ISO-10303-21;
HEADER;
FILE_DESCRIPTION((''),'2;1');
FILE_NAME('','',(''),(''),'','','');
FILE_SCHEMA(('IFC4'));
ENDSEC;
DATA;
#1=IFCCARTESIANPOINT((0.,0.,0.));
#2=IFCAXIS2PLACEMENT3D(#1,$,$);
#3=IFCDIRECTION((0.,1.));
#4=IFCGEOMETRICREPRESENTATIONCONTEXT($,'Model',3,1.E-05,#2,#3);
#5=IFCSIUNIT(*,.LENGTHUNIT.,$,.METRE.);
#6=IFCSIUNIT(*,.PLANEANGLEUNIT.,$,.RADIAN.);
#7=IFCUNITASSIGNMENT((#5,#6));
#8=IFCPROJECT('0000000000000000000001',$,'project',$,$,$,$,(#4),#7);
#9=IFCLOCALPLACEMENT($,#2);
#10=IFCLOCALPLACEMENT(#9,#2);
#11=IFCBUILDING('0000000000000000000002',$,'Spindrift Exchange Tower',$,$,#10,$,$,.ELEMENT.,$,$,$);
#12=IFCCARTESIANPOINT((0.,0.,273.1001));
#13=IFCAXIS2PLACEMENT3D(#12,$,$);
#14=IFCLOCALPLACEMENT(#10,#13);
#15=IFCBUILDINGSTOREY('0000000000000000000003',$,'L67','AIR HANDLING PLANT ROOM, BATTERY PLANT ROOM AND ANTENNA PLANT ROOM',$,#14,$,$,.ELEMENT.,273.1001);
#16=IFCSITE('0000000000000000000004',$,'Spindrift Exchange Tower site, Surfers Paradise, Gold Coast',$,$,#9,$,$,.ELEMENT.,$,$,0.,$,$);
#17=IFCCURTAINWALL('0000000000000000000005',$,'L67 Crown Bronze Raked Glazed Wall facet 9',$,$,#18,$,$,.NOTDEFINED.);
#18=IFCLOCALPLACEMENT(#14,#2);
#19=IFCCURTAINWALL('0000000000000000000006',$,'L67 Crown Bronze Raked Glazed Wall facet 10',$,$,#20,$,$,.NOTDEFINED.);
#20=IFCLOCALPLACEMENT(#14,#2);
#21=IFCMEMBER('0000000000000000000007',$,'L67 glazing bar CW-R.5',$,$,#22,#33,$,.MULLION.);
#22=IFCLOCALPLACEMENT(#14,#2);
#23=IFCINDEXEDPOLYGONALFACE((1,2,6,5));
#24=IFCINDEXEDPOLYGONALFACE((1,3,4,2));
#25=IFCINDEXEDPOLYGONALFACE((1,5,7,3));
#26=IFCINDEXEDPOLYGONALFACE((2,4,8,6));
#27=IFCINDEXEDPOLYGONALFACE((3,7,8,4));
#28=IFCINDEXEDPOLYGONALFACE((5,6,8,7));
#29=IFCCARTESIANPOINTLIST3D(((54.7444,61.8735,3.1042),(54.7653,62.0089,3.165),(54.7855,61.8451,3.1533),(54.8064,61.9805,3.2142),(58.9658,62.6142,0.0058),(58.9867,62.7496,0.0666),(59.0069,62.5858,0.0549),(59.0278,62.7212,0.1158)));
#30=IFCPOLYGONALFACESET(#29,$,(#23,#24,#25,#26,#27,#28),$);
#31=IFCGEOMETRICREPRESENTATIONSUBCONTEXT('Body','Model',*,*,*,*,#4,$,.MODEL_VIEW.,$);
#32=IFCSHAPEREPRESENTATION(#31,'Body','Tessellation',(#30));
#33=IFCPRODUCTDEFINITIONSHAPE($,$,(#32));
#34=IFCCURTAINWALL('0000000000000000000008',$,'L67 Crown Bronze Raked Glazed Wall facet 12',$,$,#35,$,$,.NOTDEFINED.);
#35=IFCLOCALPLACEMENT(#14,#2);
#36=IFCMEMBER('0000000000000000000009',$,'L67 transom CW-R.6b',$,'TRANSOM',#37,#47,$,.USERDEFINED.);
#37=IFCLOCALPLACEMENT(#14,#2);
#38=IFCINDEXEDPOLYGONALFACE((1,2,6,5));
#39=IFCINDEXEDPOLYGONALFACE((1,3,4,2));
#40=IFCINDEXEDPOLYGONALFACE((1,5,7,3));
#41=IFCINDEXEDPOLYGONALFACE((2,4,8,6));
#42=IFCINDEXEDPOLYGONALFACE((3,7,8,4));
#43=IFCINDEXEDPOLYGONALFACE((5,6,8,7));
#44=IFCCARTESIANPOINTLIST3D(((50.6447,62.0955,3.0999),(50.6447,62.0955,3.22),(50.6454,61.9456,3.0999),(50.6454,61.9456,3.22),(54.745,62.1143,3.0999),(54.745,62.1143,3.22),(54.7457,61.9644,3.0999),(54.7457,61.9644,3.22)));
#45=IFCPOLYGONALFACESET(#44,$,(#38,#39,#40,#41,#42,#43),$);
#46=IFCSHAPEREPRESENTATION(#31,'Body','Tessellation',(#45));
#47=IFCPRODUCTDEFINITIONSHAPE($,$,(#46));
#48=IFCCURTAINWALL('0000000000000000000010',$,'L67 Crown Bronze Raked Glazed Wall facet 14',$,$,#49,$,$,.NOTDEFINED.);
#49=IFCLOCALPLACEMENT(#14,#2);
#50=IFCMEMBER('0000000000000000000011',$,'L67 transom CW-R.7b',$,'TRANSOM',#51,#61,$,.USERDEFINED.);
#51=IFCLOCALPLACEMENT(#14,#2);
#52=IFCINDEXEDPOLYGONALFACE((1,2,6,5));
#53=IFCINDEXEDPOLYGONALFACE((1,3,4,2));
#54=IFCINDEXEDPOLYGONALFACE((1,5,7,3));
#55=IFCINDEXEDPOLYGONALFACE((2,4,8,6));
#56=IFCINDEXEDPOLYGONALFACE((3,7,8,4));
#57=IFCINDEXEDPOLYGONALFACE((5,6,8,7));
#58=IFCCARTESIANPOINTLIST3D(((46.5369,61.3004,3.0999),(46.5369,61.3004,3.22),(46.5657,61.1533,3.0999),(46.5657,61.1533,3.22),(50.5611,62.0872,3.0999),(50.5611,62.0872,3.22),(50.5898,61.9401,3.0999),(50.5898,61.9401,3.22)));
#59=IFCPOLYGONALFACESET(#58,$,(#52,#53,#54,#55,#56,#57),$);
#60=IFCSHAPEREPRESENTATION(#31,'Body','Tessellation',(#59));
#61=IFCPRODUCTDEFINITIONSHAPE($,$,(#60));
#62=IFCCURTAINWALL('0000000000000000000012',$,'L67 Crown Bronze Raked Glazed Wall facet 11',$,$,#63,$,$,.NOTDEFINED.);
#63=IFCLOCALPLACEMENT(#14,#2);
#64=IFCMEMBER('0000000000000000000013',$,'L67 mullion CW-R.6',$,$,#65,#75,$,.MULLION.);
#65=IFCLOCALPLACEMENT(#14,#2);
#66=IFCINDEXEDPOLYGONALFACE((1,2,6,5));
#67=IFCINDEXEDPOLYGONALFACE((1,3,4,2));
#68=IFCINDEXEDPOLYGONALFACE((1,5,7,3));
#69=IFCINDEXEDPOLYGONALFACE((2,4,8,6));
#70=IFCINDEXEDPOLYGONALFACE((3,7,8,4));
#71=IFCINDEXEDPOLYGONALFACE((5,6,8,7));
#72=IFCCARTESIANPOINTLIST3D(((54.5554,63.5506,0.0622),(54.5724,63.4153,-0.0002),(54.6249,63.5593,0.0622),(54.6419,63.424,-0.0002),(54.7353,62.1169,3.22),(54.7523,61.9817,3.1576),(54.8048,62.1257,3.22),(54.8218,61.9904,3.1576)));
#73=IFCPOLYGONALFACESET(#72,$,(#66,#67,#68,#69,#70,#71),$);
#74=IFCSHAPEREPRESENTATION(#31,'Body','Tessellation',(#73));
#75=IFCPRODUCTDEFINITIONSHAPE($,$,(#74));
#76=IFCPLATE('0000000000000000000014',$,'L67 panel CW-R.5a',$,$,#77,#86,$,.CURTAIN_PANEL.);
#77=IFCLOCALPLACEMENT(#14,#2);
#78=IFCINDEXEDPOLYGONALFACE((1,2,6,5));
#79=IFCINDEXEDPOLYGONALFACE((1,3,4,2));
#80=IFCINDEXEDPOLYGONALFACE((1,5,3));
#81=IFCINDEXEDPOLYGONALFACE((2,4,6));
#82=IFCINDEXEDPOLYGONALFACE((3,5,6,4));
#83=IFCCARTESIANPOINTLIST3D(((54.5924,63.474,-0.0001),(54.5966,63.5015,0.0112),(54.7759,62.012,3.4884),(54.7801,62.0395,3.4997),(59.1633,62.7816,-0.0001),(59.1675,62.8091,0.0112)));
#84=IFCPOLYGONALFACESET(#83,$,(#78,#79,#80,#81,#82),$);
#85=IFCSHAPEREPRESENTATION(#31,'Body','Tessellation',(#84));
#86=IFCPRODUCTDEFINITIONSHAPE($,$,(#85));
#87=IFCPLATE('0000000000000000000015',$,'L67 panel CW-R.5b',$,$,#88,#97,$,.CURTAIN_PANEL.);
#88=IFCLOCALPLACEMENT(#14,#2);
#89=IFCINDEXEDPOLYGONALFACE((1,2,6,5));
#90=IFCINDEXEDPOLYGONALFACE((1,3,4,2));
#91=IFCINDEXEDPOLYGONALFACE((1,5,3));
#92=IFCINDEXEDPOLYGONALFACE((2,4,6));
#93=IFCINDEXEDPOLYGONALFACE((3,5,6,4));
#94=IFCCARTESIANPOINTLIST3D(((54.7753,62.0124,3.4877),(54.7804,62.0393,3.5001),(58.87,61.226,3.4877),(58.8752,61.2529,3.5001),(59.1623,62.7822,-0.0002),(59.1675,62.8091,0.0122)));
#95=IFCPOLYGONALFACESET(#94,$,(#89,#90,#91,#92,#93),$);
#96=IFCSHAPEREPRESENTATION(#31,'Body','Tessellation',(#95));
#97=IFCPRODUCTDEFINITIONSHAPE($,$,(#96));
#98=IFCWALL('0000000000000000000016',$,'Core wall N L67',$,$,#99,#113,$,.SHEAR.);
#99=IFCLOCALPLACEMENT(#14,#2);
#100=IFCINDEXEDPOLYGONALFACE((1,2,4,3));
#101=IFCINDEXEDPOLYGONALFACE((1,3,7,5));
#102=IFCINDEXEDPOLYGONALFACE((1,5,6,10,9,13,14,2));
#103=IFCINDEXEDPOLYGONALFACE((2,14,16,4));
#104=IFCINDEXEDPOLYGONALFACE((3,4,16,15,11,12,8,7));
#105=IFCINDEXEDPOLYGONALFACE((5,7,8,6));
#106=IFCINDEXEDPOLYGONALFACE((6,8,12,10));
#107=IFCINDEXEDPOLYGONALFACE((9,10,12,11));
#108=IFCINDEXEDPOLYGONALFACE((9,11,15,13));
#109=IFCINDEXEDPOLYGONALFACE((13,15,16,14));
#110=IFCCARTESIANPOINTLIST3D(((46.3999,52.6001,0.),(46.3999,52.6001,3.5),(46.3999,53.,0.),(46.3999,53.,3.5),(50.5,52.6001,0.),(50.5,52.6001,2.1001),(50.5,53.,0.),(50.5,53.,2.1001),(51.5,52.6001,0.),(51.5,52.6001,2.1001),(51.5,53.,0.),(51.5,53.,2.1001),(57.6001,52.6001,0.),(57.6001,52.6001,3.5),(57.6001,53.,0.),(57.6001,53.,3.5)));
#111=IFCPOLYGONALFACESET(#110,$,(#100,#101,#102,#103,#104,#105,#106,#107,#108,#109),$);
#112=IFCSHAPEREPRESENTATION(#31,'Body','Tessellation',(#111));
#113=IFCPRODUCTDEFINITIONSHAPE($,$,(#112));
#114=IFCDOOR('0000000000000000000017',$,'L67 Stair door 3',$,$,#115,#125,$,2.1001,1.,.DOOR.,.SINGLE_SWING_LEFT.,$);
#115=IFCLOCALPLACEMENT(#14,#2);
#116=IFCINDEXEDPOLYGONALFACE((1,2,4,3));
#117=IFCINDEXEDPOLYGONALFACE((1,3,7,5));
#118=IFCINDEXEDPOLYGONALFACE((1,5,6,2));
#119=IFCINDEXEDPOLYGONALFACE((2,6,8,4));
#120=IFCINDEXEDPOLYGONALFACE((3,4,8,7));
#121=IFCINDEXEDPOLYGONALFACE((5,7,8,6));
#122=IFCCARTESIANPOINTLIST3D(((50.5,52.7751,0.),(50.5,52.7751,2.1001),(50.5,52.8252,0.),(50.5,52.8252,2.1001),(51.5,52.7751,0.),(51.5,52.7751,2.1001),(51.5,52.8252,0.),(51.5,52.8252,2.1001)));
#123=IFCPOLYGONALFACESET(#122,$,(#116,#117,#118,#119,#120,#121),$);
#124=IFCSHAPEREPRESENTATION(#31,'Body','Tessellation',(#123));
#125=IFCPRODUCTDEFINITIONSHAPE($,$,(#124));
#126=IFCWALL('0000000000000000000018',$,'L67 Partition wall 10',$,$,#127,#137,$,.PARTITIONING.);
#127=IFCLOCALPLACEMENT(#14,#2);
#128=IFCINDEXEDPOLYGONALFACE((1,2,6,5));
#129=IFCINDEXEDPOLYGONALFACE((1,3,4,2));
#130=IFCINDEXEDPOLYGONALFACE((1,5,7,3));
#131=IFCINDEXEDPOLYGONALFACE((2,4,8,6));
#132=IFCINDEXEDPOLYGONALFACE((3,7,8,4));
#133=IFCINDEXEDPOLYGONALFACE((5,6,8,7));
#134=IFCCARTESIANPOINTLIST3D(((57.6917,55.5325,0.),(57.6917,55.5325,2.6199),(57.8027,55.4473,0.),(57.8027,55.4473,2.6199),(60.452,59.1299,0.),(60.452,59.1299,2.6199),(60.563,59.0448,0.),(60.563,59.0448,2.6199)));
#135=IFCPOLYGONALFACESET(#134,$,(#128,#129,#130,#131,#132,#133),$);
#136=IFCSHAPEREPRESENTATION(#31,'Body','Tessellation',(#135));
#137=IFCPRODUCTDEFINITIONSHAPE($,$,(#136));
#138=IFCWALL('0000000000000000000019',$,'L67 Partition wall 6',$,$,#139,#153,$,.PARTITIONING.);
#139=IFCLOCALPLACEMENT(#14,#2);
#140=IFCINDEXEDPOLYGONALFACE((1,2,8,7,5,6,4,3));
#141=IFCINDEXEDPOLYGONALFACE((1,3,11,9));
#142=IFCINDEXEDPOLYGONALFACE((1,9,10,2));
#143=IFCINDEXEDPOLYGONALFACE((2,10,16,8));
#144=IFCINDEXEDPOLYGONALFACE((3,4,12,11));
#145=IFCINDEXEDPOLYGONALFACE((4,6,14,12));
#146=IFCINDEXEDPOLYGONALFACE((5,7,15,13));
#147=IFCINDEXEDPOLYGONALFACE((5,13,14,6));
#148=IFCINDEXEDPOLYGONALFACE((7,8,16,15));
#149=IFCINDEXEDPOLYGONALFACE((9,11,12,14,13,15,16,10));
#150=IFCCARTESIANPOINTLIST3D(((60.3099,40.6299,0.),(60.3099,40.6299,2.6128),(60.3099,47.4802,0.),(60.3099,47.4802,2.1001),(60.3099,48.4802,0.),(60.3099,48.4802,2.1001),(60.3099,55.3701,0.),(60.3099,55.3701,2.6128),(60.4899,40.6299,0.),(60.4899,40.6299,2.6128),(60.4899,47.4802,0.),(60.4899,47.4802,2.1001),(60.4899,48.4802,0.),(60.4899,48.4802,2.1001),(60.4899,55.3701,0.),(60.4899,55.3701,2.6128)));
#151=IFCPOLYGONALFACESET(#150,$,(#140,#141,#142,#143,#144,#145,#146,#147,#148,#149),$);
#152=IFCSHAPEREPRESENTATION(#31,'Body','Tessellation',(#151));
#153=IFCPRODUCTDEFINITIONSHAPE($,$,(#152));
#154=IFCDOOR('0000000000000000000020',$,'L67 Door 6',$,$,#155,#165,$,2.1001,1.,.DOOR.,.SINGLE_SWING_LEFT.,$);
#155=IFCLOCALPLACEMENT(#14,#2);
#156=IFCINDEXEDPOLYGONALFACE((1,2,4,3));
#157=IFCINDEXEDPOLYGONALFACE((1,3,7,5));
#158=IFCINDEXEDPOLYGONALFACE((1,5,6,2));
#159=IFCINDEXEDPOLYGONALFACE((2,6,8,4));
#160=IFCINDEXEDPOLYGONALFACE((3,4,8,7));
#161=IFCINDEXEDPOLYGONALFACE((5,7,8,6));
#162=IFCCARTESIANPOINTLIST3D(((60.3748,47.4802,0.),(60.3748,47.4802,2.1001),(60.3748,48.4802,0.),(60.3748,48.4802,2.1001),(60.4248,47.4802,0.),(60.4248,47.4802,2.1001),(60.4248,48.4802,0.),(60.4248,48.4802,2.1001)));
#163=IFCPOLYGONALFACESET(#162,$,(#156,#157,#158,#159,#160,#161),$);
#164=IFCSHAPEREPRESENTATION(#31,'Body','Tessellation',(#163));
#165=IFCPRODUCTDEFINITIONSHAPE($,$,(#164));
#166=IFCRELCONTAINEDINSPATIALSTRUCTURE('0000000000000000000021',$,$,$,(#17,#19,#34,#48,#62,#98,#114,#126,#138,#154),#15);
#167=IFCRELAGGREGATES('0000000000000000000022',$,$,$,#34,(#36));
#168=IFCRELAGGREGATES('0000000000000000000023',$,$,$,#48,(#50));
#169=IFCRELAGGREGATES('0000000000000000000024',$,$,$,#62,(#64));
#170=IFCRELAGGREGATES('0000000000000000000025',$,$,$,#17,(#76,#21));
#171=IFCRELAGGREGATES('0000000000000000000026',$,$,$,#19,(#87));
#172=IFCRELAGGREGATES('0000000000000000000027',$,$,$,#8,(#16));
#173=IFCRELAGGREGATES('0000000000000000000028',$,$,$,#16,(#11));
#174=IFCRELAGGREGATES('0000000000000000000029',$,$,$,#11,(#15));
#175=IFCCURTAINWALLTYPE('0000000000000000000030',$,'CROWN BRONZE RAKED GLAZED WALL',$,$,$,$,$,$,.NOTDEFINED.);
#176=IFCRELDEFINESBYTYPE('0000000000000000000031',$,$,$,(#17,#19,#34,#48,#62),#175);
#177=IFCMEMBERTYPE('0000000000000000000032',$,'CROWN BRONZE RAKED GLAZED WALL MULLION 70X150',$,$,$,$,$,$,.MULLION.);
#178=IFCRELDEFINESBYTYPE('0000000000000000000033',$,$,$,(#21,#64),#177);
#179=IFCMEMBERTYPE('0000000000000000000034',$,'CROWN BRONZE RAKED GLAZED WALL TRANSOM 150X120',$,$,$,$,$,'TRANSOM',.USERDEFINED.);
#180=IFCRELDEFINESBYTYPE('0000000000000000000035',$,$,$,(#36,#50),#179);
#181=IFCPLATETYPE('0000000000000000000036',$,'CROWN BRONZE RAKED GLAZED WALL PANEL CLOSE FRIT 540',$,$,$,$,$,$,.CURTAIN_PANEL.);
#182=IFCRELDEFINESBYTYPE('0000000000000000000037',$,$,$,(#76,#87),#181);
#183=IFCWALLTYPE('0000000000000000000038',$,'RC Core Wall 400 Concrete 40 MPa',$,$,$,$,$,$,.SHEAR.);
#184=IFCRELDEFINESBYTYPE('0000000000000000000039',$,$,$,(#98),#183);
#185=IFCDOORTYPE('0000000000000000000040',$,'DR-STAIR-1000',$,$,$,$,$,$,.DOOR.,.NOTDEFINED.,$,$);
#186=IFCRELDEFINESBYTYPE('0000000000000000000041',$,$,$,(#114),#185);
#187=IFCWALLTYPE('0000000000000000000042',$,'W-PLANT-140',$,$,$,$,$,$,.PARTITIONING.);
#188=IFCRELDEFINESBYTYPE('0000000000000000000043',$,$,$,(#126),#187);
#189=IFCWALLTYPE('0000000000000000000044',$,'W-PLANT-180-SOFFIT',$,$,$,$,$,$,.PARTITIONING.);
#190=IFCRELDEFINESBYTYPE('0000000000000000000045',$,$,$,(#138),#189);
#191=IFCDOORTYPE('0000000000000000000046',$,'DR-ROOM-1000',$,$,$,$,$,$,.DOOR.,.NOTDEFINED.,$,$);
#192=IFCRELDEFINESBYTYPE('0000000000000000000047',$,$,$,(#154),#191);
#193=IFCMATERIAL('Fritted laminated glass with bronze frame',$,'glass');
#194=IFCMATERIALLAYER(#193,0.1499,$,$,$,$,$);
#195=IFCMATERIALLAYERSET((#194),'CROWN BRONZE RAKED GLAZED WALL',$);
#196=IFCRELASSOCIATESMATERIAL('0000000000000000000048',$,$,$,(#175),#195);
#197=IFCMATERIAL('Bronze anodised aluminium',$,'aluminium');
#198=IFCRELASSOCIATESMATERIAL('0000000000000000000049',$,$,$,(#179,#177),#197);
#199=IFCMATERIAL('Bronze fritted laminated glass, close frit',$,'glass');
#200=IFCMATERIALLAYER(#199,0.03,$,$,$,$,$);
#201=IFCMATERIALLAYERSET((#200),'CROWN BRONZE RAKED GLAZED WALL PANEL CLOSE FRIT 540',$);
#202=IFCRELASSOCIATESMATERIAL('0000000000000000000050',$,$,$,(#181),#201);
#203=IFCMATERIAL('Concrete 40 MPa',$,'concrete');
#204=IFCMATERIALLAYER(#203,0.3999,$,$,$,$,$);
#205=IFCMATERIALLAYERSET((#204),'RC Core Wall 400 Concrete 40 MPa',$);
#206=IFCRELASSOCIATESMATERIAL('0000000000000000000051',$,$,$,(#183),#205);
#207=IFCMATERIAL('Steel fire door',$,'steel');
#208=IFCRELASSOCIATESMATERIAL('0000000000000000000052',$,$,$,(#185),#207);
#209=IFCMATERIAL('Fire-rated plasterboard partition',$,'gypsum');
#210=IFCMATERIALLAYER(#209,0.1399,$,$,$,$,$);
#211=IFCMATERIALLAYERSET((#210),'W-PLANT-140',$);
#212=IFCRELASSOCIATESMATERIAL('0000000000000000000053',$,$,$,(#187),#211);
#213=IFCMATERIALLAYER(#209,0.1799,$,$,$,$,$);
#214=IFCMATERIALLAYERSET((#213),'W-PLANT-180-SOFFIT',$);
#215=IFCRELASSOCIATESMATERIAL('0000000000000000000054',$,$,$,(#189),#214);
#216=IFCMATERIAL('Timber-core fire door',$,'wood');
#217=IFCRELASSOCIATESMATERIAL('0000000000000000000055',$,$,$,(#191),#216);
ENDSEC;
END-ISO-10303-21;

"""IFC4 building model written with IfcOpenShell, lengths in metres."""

from ifc_helpers import new_model, si_unit, direction, frame, frame_2d, origin, origin_2d, place, context, subcontext, project, spatial, line, indexed_curve, rectangle, outline, extrude, source, transform, mapped, material, layer, layer_set, material_profile, profile_set, type_object, element, fill, aggregate, save


model = new_model("IFC4")

# Units and contexts
model_context = context("Model", 3, precision=1e-05, world=origin(), true_north=direction((0.0, 1.0)))
body_context = subcontext(model_context, "Body", "Model", "MODEL_VIEW")
ifc_project = project(units=[si_unit("LENGTHUNIT", "METRE"), si_unit("PLANEANGLEUNIT", "RADIAN")], contexts=[model_context])

# Site, building, storey
site_placement = place(None, origin())
site = spatial("IfcSite", under=ifc_project, at=site_placement, Name="Spindrift Exchange Tower site, Surfers Paradise, Gold Coast", CompositionType="ELEMENT", RefElevation=0.0)
building_placement = place(site_placement, origin())
building = spatial("IfcBuilding", under=site, at=building_placement, Name="Spindrift Exchange Tower", CompositionType="ELEMENT")
storey_placement = place(building_placement, frame((0.0, 0.0, 273.1001)))
storey = spatial("IfcBuildingStorey", under=building, at=storey_placement, Name="L67", Description="AIR HANDLING PLANT ROOM, BATTERY PLANT ROOM AND ANTENNA PLANT ROOM", CompositionType="ELEMENT", Elevation=273.1001)

# Shared definitions
ifc_material_1 = material(Name="Concrete 40 MPa", Category="concrete")

# Curtain wall
ifc_material_2 = material(Name="Fritted laminated glass with bronze frame", Category="glass")
ifc_layer_1 = layer(ifc_material_2, 0.1499)
ifc_layer_set_1 = layer_set([ifc_layer_1], Name="CROWN BRONZE RAKED GLAZED WALL")
curtain_wall_type = type_object("IfcCurtainWallType", Name="CROWN BRONZE RAKED GLAZED WALL", PredefinedType="NOTDEFINED", material=ifc_layer_set_1)
curtain_wall_1_placement = place(storey_placement, origin())
curtain_wall_1 = element("IfcCurtainWall", 1, at=curtain_wall_1_placement, inside=storey, type_object=curtain_wall_type, Name="L67 Crown Bronze Raked Glazed Wall facet 9", PredefinedType="NOTDEFINED")
ifc_material_3 = material(Name="Bronze anodised aluminium", Category="aluminium")
ifc_material_profile_1 = material_profile(ifc_material_3, rectangle(XDim=0.1499, YDim=0.1201, at=origin_2d()), Name="CROWN BRONZE RAKED GLAZED WALL TRANSOM 150X120")
ifc_profile_set_1 = profile_set([ifc_material_profile_1], Name="Bronze anodised aluminium")
member_type_1 = type_object("IfcMemberType", Name="CROWN BRONZE RAKED GLAZED WALL TRANSOM 150X120", ElementType="TRANSOM", PredefinedType="USERDEFINED", material=ifc_profile_set_1)

# Curtain wall
curtain_wall_2_placement = place(storey_placement, origin())
curtain_wall_2 = element("IfcCurtainWall", 2, at=curtain_wall_2_placement, inside=storey, type_object=curtain_wall_type, Name="L67 Crown Bronze Raked Glazed Wall facet 10", PredefinedType="NOTDEFINED")
ifc_material_profile_2 = material_profile(ifc_material_3, rectangle(XDim=0.0701, YDim=0.1499, at=origin_2d()), Name="CROWN BRONZE RAKED GLAZED WALL MULLION 70X150")
ifc_profile_set_2 = profile_set([ifc_material_profile_2], Name="Bronze anodised aluminium")
member_type_2 = type_object("IfcMemberType", Name="CROWN BRONZE RAKED GLAZED WALL MULLION 70X150", PredefinedType="MULLION", material=ifc_profile_set_2)

# Member
shared_shape_1 = source(origin(), body_context, "Body", "SweptSolid", [
    extrude(rectangle(XDim=0.0701, YDim=0.1499, at=origin_2d()), origin(), (0.0, 0.0, 1.0), 5.2886),
])
member_1_placement = place(storey_placement, frame((58.9968, 62.6677, 0.0608), z_axis=(-0.798215, -0.14006, 0.585863), x_axis=(0.586025, -0.405601, 0.701471)))
member_1 = element("IfcMember", 3, at=member_1_placement, type_object=member_type_2, Name="L67 glazing bar CW-R.5", PredefinedType="MULLION", context=body_context, shape_type="MappedRepresentation", body=[
    mapped(shared_shape_1, transform((0.0, 0.0, 0.0), scale=1.0)),
])

# Curtain walls, members
curtain_wall_3_placement = place(storey_placement, origin())
curtain_wall_3 = element("IfcCurtainWall", 4, at=curtain_wall_3_placement, inside=storey, type_object=curtain_wall_type, Name="L67 Crown Bronze Raked Glazed Wall facet 12", PredefinedType="NOTDEFINED")
shared_shape_2 = source(origin(), body_context, "Body", "SweptSolid", [
    extrude(rectangle(XDim=0.1499, YDim=0.1201, at=origin_2d()), origin(), (0.0, 0.0, 1.0), 4.1003),
])
member_2_placement = place(storey_placement, frame((50.645, 62.0205, 3.1599), z_axis=(0.999989, 0.004585, 0.0), x_axis=(-0.004585, 0.999989, 0.0)))
member_2 = element("IfcMember", 5, at=member_2_placement, type_object=member_type_1, Name="L67 transom CW-R.6b", ObjectType="TRANSOM", PredefinedType="USERDEFINED", context=body_context, shape_type="MappedRepresentation", body=[
    mapped(shared_shape_2, transform((0.0, 0.0, 0.0), scale=1.0)),
])
aggregate(curtain_wall_3, [member_2])
curtain_wall_4_placement = place(storey_placement, origin())
curtain_wall_4 = element("IfcCurtainWall", 6, at=curtain_wall_4_placement, inside=storey, type_object=curtain_wall_type, Name="L67 Crown Bronze Raked Glazed Wall facet 14", PredefinedType="NOTDEFINED")
member_3_placement = place(storey_placement, frame((50.5754, 62.0137, 3.1599), z_axis=(-0.981414, -0.191901, 0.0), x_axis=(0.191901, -0.981414, 0.0)))
member_3 = element("IfcMember", 7, at=member_3_placement, type_object=member_type_1, Name="L67 transom CW-R.7b", ObjectType="TRANSOM", PredefinedType="USERDEFINED", context=body_context, shape_type="MappedRepresentation", body=[
    mapped(shared_shape_2, transform((0.0, 0.0, 0.0), scale=1.0)),
])
aggregate(curtain_wall_4, [member_3])
curtain_wall_5_placement = place(storey_placement, origin())
curtain_wall_5 = element("IfcCurtainWall", 8, at=curtain_wall_5_placement, inside=storey, type_object=curtain_wall_type, Name="L67 Crown Bronze Raked Glazed Wall facet 11", PredefinedType="NOTDEFINED")
shared_shape_3 = source(origin(), body_context, "Body", "SweptSolid", [
    extrude(rectangle(XDim=0.0701, YDim=0.1499, at=origin_2d()), origin(), (0.0, 0.0, 1.0), 3.4727),
])
member_4_placement = place(storey_placement, frame((54.5986, 63.4873, 0.031), z_axis=(0.051815, -0.412834, 0.909331), x_axis=(0.992215, 0.124534, 0.0)))
member_4 = element("IfcMember", 9, at=member_4_placement, type_object=member_type_2, Name="L67 mullion CW-R.6", PredefinedType="MULLION", context=body_context, shape_type="MappedRepresentation", body=[
    mapped(shared_shape_3, transform((0.0, 0.0, 0.0), scale=1.0)),
])
aggregate(curtain_wall_5, [member_4])

# Plates
ifc_material_4 = material(Name="Bronze fritted laminated glass, close frit", Category="glass")
ifc_layer_2 = layer(ifc_material_4, 0.03)
ifc_layer_set_2 = layer_set([ifc_layer_2], Name="CROWN BRONZE RAKED GLAZED WALL PANEL CLOSE FRIT 540")
plate_type = type_object("IfcPlateType", Name="CROWN BRONZE RAKED GLAZED WALL PANEL CLOSE FRIT 540", PredefinedType="CURTAIN_PANEL", material=ifc_layer_set_2)
plate_1_placement = place(storey_placement, frame((59.1675, 62.8091, 0.0112), z_axis=(0.138753, 0.915937, 0.376572), x_axis=(-0.98872, 0.149779, 0.0)))
plate_1 = element("IfcPlate", 10, at=plate_1_placement, type_object=plate_type, Name="L67 panel CW-R.5a", PredefinedType="CURTAIN_PANEL", context=body_context, shape_type="SweptSolid", body=[
    extrude(outline(indexed_curve([(0.0, 0.0), (4.623, 0.0), (4.2227, 3.7656)], segments=[line(1, 2, 3, 1)], self_intersect=False)), origin(), (0.0, 0.0, -1.0), 0.03),
])
aggregate(curtain_wall_1, [plate_1, member_1])
plate_2_placement = place(storey_placement, frame((59.1675, 62.8091, 0.0122), z_axis=(0.171732, 0.894224, 0.413366), x_axis=(-0.77548, -0.136073, 0.616535)))
plate_2 = element("IfcPlate", 11, at=plate_2_placement, type_object=plate_type, Name="L67 panel CW-R.5b", PredefinedType="CURTAIN_PANEL", context=body_context, shape_type="SweptSolid", body=[
    extrude(outline(indexed_curve([(0.0, 0.0), (5.6572, 0.0), (2.5889, 2.8232)], segments=[line(1, 2, 3, 1)], self_intersect=False)), origin(), (0.0, 0.0, -1.0), 0.03),
])
aggregate(curtain_wall_2, [plate_2])

# Wall, opening, door
ifc_layer_3 = layer(ifc_material_1, 0.3999)
ifc_layer_set_3 = layer_set([ifc_layer_3], Name="RC Core Wall 400 Concrete 40 MPa")
wall_type_1 = type_object("IfcWallType", Name="RC Core Wall 400 Concrete 40 MPa", PredefinedType="SHEAR", material=ifc_layer_set_3)
wall_1_placement = place(storey_placement, frame((57.6001, 52.8, 0.0), z_axis=(0.0, 0.0, 1.0), x_axis=(-1.0, 0.0, 0.0)))
wall_1 = element("IfcWall", 12, at=wall_1_placement, inside=storey, type_object=wall_type_1, Name="Core wall N L67", PredefinedType="SHEAR", context=body_context, shape_type="SweptSolid", body=[
    extrude(rectangle(XDim=11.2002, YDim=0.3999, at=frame_2d((5.6001, 0.0))), origin(), (0.0, 0.0, 1.0), 3.5),
])
opening_1_placement = place(wall_1_placement, frame((6.1001, 0.0, 0.0)))
opening_1 = element("IfcOpeningElement", 13, at=opening_1_placement, cuts=wall_1, PredefinedType="OPENING", context=body_context, shape_type="SweptSolid", body=[
    extrude(rectangle(XDim=1.0, YDim=2.1001, at=frame_2d((0.5, 1.05))), frame((0.0, 0.21, 0.0), z_axis=(0.0, -1.0, 0.0), x_axis=(1.0, 0.0, 0.0)), (0.0, 0.0, 1.0), 0.4199),
])
ifc_material_5 = material(Name="Steel fire door", Category="steel")
door_type_1 = type_object("IfcDoorType", Name="DR-STAIR-1000", OperationType="NOTDEFINED", PredefinedType="DOOR", material=ifc_material_5)
shared_shape_4 = source(origin(), body_context, "Body", "SweptSolid", [
    extrude(rectangle(XDim=1.0, YDim=2.1001, at=frame_2d((0.5, 1.05))), frame((0.0, 0.0249, 0.0), z_axis=(0.0, -1.0, 0.0), x_axis=(1.0, 0.0, 0.0)), (0.0, 0.0, 1.0), 0.05),
])
door_1_placement = place(opening_1_placement, origin())
door_1 = element("IfcDoor", 14, at=door_1_placement, inside=storey, type_object=door_type_1, Name="L67 Stair door 3", OperationType="SINGLE_SWING_LEFT", OverallHeight=2.1001, OverallWidth=1.0, PredefinedType="DOOR", context=body_context, shape_type="MappedRepresentation", body=[
    mapped(shared_shape_4, transform((0.0, 0.0, 0.0), scale=1.0)),
])
fill(opening_1, door_1)

# Wall
ifc_material_6 = material(Name="Fire-rated plasterboard partition", Category="gypsum")
ifc_layer_4 = layer(ifc_material_6, 0.1399)
ifc_layer_set_4 = layer_set([ifc_layer_4], Name="W-PLANT-140")
wall_type_2 = type_object("IfcWallType", Name="W-PLANT-140", PredefinedType="PARTITIONING", material=ifc_layer_set_4)
wall_2_placement = place(storey_placement, frame((57.7473, 55.49, 0.0), z_axis=(0.0, 0.0, 1.0), x_axis=(0.608742, 0.793368, 0.0)))
element("IfcWall", 15, at=wall_2_placement, inside=storey, type_object=wall_type_2, Name="L67 Partition wall 10", PredefinedType="PARTITIONING", context=body_context, shape_type="SweptSolid", body=[
    extrude(rectangle(XDim=4.5344, YDim=0.1399, at=frame_2d((2.2671, 0.0))), origin(), (0.0, 0.0, 1.0), 2.6199),
])

# Wall, opening, door
ifc_layer_5 = layer(ifc_material_6, 0.1799)
ifc_layer_set_5 = layer_set([ifc_layer_5], Name="W-PLANT-180-SOFFIT")
wall_type_3 = type_object("IfcWallType", Name="W-PLANT-180-SOFFIT", PredefinedType="PARTITIONING", material=ifc_layer_set_5)
wall_3_placement = place(storey_placement, frame((60.3999, 55.3701, 0.0), z_axis=(0.0, 0.0, 1.0), x_axis=(0.0, -1.0, 0.0)))
wall_3 = element("IfcWall", 16, at=wall_3_placement, inside=storey, type_object=wall_type_3, Name="L67 Partition wall 6", PredefinedType="PARTITIONING", context=body_context, shape_type="SweptSolid", body=[
    extrude(rectangle(XDim=14.7402, YDim=0.1799, at=frame_2d((7.3701, 0.0))), origin(), (0.0, 0.0, 1.0), 2.6128),
])
opening_2_placement = place(wall_3_placement, frame((6.8899, 0.0, 0.0)))
opening_2 = element("IfcOpeningElement", 17, at=opening_2_placement, cuts=wall_3, PredefinedType="OPENING", context=body_context, shape_type="SweptSolid", body=[
    extrude(rectangle(XDim=1.0, YDim=2.1001, at=frame_2d((0.5, 1.05))), frame((0.0, 0.0999, 0.0), z_axis=(0.0, -1.0, 0.0), x_axis=(1.0, 0.0, 0.0)), (0.0, 0.0, 1.0), 0.2),
])
ifc_material_7 = material(Name="Timber-core fire door", Category="wood")
door_type_2 = type_object("IfcDoorType", Name="DR-ROOM-1000", OperationType="NOTDEFINED", PredefinedType="DOOR", material=ifc_material_7)
shared_shape_5 = source(origin(), body_context, "Body", "SweptSolid", [
    extrude(rectangle(XDim=1.0, YDim=2.1001, at=frame_2d((0.5, 1.05))), frame((0.0, 0.0249, 0.0), z_axis=(0.0, -1.0, 0.0), x_axis=(1.0, 0.0, 0.0)), (0.0, 0.0, 1.0), 0.05),
])
door_2_placement = place(opening_2_placement, origin())
door_2 = element("IfcDoor", 18, at=door_2_placement, inside=storey, type_object=door_type_2, Name="L67 Door 6", OperationType="SINGLE_SWING_LEFT", OverallHeight=2.1001, OverallWidth=1.0, PredefinedType="DOOR", context=body_context, shape_type="MappedRepresentation", body=[
    mapped(shared_shape_5, transform((0.0, 0.0, 0.0), scale=1.0)),
])
fill(opening_2, door_2)

save(model, "model.ifc")
